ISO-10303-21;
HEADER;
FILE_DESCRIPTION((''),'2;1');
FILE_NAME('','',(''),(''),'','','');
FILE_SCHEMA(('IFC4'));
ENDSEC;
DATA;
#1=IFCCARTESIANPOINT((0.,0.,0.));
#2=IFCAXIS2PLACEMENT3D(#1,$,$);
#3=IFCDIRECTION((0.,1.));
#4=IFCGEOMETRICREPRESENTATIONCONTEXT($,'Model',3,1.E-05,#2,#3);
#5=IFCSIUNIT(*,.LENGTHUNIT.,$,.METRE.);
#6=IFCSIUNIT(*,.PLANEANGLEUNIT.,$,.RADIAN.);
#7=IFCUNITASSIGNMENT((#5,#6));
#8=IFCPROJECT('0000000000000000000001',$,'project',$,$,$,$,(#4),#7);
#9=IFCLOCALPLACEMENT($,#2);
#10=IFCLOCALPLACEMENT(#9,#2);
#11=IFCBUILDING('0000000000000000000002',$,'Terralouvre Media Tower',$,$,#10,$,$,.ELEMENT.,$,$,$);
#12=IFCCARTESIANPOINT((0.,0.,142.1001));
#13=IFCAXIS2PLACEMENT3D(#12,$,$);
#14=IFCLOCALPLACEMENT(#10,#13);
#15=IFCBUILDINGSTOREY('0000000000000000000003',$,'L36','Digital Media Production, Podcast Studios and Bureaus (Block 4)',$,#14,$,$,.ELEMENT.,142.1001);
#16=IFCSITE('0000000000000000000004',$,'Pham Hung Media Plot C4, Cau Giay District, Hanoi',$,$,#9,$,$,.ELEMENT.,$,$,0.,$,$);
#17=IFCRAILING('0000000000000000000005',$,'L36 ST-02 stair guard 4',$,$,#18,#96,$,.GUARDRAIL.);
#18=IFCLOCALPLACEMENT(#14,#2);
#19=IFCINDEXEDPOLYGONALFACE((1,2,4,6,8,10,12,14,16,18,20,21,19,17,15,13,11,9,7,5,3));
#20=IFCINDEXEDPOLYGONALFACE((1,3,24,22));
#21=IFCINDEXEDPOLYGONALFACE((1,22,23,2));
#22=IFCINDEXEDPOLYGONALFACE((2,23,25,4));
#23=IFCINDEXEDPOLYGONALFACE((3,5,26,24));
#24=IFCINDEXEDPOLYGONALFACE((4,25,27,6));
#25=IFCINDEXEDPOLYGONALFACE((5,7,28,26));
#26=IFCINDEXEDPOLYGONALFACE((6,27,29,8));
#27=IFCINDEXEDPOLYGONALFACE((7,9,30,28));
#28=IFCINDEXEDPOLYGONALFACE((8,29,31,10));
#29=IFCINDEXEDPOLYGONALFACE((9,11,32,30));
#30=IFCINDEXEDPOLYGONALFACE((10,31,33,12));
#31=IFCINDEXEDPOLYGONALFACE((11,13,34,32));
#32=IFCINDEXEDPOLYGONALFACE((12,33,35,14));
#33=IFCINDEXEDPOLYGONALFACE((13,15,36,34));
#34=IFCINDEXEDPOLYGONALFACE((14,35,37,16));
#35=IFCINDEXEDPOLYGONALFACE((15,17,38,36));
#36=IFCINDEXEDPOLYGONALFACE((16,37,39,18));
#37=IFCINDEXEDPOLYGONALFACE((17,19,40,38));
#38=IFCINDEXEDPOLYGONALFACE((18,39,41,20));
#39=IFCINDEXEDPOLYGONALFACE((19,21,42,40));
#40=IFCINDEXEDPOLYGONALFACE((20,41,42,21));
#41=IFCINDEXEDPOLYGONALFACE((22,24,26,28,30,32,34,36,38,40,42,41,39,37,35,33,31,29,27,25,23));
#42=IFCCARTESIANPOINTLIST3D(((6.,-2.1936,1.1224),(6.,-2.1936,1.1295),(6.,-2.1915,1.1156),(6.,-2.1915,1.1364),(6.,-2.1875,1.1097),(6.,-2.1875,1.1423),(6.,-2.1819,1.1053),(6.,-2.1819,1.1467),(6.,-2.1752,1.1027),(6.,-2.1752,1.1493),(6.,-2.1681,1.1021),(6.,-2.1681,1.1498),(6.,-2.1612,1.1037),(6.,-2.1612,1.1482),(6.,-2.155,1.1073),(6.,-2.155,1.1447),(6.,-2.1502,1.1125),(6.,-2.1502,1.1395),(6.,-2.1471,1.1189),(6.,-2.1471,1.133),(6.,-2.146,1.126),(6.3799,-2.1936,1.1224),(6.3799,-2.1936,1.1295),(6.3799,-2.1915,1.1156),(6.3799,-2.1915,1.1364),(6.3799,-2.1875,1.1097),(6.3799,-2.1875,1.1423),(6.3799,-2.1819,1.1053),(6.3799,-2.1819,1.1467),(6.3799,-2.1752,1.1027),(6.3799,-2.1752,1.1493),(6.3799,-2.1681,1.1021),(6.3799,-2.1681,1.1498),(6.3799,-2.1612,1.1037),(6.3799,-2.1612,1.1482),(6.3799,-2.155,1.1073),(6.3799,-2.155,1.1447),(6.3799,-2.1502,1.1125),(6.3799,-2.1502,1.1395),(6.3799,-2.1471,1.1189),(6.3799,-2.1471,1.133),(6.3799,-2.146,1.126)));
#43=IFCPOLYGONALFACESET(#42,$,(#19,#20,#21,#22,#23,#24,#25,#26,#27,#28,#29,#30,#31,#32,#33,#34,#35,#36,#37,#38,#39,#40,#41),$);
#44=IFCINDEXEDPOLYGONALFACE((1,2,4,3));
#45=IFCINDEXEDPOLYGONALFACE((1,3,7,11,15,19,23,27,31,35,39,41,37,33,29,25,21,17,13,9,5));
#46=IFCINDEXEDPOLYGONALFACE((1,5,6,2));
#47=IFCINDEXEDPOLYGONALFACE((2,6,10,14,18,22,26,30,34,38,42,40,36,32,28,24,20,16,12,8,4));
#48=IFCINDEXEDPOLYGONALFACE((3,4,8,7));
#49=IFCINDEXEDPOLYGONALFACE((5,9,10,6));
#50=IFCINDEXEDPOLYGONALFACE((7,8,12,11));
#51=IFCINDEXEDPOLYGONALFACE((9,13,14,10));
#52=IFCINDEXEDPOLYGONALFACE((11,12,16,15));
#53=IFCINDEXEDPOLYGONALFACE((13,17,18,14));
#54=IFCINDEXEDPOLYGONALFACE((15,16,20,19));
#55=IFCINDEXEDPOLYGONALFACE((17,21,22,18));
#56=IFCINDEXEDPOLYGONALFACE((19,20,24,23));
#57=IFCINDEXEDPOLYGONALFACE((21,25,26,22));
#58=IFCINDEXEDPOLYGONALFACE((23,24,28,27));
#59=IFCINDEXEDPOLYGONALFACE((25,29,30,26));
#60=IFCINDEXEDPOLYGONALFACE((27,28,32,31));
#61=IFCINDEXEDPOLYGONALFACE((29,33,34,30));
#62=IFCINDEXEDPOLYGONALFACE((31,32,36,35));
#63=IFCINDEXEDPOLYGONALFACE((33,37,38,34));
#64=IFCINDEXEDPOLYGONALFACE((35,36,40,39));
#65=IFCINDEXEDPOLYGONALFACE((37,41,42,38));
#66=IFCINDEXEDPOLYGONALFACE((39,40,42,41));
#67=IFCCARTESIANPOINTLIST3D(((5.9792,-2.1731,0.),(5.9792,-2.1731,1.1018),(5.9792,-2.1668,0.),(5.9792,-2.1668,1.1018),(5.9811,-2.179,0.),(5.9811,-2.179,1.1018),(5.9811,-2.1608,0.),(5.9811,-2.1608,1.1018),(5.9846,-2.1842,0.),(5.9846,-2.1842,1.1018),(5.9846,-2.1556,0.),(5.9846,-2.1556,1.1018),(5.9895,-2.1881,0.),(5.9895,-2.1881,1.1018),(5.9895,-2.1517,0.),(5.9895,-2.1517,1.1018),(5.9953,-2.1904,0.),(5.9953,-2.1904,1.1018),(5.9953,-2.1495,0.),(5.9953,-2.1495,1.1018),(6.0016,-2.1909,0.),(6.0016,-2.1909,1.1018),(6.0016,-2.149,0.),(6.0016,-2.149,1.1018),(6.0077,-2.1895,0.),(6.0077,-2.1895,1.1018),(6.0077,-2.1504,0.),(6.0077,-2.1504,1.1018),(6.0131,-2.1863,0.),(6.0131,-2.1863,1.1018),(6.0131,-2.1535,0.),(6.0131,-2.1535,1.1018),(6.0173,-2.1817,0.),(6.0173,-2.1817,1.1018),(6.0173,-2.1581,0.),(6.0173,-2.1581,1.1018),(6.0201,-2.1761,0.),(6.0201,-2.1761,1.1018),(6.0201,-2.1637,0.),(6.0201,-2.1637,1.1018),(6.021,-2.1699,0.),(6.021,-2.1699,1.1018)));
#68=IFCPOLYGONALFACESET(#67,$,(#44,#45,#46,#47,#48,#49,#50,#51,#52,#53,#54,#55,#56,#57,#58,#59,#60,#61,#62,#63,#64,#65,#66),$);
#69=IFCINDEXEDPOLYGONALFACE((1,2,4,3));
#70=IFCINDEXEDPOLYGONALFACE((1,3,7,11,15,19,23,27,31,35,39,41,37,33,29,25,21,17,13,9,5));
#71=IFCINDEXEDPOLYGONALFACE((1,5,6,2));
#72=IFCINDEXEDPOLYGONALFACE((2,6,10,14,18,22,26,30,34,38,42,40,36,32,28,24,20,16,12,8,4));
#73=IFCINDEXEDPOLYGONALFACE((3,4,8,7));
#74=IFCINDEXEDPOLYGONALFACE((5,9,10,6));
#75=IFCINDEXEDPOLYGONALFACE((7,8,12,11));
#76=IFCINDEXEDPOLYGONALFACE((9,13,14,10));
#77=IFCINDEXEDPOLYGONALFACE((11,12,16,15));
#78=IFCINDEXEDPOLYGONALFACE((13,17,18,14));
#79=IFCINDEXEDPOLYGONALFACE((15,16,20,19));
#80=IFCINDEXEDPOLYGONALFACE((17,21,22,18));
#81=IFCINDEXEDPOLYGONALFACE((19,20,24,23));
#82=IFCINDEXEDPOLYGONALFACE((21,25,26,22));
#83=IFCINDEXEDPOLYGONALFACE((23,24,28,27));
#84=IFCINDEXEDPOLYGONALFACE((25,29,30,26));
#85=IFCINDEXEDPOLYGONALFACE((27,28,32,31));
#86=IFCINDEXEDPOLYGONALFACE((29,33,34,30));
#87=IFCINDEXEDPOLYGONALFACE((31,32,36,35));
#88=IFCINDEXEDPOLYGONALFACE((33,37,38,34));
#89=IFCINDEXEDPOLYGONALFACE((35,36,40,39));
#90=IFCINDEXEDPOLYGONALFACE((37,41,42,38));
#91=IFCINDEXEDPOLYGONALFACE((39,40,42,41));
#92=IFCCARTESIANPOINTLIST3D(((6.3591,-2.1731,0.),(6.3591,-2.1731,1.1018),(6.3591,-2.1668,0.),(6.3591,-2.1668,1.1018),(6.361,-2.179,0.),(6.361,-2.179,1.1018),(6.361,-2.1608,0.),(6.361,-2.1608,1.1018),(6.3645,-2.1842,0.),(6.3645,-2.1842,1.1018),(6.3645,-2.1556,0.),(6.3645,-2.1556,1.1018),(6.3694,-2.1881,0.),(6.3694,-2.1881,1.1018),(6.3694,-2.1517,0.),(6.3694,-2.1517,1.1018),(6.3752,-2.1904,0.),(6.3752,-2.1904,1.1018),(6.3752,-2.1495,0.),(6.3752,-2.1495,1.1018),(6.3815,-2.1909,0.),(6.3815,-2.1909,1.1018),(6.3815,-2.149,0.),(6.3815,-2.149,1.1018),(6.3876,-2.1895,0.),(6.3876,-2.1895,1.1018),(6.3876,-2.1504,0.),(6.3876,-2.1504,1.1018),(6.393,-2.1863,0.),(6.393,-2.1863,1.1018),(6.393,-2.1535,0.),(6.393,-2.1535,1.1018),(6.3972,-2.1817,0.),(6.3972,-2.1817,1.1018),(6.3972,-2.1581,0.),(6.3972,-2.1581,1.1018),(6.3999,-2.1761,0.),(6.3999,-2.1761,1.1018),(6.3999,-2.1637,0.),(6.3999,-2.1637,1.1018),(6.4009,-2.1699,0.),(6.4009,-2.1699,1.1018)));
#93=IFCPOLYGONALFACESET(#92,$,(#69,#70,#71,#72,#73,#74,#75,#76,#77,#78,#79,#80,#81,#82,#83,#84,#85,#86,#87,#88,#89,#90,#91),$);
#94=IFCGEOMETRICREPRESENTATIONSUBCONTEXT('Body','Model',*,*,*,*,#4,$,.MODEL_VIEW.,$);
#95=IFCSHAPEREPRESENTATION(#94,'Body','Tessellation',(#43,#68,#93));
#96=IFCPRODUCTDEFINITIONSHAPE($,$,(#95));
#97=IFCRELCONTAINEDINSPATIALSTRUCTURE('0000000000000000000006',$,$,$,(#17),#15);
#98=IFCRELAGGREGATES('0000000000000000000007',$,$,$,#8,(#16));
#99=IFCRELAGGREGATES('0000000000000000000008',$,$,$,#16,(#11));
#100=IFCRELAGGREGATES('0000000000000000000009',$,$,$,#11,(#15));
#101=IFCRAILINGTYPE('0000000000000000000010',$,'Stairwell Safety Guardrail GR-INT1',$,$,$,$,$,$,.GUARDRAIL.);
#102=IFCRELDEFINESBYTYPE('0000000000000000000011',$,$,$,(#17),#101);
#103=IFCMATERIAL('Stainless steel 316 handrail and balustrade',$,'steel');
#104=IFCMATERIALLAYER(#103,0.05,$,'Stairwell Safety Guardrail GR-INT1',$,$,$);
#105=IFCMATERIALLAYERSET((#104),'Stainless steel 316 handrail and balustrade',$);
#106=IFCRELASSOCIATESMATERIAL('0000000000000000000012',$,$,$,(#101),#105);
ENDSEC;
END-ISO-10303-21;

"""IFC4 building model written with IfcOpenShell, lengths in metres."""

from ifc_helpers import new_model, si_unit, direction, frame, origin, origin_2d, place, context, subcontext, project, spatial, circle, extrude, material, layer, layer_set, type_object, element, save


model = new_model("IFC4")

# Units and contexts
model_context = context("Model", 3, precision=1e-05, world=origin(), true_north=direction((0.0, 1.0)))
body_context = subcontext(model_context, "Body", "Model", "MODEL_VIEW")
ifc_project = project(units=[si_unit("LENGTHUNIT", "METRE"), si_unit("PLANEANGLEUNIT", "RADIAN")], contexts=[model_context])

# Site, building, storey
site_placement = place(None, origin())
site = spatial("IfcSite", under=ifc_project, at=site_placement, Name="Pham Hung Media Plot C4, Cau Giay District, Hanoi", CompositionType="ELEMENT", RefElevation=0.0)
building_placement = place(site_placement, origin())
building = spatial("IfcBuilding", under=site, at=building_placement, Name="Terralouvre Media Tower", CompositionType="ELEMENT")
storey_placement = place(building_placement, frame((0.0, 0.0, 142.1001)))
storey = spatial("IfcBuildingStorey", under=building, at=storey_placement, Name="L36", Description="Digital Media Production, Podcast Studios and Bureaus (Block 4)", CompositionType="ELEMENT", Elevation=142.1001)

# Railing
ifc_material_1 = material(Name="Stainless steel 316 handrail and balustrade", Category="steel")
ifc_layer_1 = layer(ifc_material_1, 0.05, Name="Stairwell Safety Guardrail GR-INT1")
ifc_layer_set_1 = layer_set([ifc_layer_1], Name="Stainless steel 316 handrail and balustrade")
railing_type_1 = type_object("IfcRailingType", Name="Stairwell Safety Guardrail GR-INT1", PredefinedType="GUARDRAIL", material=ifc_layer_set_1)
railing_1_placement = place(storey_placement, frame((6.0, -2.1699, 0.0)))
element("IfcRailing", 1, at=railing_1_placement, inside=storey, type_object=railing_type_1, Name="L36 ST-02 stair guard 4", PredefinedType="GUARDRAIL", context=body_context, shape_type="SweptSolid", body=[
    extrude(circle(Radius=0.0239, at=origin_2d()), frame((0.0, 0.0, 1.126), z_axis=(1.0, 0.0, 0.0), x_axis=(0.0, 1.0, 0.0)), (0.0, 0.0, 1.0), 0.3799),
    extrude(circle(Radius=0.021, at=origin_2d()), origin(), (0.0, 0.0, 1.0), 1.1018),
    extrude(circle(Radius=0.021, at=origin_2d()), frame((0.3799, 0.0, 0.0)), (0.0, 0.0, 1.0), 1.1018),
])

save(model, "model.ifc")
